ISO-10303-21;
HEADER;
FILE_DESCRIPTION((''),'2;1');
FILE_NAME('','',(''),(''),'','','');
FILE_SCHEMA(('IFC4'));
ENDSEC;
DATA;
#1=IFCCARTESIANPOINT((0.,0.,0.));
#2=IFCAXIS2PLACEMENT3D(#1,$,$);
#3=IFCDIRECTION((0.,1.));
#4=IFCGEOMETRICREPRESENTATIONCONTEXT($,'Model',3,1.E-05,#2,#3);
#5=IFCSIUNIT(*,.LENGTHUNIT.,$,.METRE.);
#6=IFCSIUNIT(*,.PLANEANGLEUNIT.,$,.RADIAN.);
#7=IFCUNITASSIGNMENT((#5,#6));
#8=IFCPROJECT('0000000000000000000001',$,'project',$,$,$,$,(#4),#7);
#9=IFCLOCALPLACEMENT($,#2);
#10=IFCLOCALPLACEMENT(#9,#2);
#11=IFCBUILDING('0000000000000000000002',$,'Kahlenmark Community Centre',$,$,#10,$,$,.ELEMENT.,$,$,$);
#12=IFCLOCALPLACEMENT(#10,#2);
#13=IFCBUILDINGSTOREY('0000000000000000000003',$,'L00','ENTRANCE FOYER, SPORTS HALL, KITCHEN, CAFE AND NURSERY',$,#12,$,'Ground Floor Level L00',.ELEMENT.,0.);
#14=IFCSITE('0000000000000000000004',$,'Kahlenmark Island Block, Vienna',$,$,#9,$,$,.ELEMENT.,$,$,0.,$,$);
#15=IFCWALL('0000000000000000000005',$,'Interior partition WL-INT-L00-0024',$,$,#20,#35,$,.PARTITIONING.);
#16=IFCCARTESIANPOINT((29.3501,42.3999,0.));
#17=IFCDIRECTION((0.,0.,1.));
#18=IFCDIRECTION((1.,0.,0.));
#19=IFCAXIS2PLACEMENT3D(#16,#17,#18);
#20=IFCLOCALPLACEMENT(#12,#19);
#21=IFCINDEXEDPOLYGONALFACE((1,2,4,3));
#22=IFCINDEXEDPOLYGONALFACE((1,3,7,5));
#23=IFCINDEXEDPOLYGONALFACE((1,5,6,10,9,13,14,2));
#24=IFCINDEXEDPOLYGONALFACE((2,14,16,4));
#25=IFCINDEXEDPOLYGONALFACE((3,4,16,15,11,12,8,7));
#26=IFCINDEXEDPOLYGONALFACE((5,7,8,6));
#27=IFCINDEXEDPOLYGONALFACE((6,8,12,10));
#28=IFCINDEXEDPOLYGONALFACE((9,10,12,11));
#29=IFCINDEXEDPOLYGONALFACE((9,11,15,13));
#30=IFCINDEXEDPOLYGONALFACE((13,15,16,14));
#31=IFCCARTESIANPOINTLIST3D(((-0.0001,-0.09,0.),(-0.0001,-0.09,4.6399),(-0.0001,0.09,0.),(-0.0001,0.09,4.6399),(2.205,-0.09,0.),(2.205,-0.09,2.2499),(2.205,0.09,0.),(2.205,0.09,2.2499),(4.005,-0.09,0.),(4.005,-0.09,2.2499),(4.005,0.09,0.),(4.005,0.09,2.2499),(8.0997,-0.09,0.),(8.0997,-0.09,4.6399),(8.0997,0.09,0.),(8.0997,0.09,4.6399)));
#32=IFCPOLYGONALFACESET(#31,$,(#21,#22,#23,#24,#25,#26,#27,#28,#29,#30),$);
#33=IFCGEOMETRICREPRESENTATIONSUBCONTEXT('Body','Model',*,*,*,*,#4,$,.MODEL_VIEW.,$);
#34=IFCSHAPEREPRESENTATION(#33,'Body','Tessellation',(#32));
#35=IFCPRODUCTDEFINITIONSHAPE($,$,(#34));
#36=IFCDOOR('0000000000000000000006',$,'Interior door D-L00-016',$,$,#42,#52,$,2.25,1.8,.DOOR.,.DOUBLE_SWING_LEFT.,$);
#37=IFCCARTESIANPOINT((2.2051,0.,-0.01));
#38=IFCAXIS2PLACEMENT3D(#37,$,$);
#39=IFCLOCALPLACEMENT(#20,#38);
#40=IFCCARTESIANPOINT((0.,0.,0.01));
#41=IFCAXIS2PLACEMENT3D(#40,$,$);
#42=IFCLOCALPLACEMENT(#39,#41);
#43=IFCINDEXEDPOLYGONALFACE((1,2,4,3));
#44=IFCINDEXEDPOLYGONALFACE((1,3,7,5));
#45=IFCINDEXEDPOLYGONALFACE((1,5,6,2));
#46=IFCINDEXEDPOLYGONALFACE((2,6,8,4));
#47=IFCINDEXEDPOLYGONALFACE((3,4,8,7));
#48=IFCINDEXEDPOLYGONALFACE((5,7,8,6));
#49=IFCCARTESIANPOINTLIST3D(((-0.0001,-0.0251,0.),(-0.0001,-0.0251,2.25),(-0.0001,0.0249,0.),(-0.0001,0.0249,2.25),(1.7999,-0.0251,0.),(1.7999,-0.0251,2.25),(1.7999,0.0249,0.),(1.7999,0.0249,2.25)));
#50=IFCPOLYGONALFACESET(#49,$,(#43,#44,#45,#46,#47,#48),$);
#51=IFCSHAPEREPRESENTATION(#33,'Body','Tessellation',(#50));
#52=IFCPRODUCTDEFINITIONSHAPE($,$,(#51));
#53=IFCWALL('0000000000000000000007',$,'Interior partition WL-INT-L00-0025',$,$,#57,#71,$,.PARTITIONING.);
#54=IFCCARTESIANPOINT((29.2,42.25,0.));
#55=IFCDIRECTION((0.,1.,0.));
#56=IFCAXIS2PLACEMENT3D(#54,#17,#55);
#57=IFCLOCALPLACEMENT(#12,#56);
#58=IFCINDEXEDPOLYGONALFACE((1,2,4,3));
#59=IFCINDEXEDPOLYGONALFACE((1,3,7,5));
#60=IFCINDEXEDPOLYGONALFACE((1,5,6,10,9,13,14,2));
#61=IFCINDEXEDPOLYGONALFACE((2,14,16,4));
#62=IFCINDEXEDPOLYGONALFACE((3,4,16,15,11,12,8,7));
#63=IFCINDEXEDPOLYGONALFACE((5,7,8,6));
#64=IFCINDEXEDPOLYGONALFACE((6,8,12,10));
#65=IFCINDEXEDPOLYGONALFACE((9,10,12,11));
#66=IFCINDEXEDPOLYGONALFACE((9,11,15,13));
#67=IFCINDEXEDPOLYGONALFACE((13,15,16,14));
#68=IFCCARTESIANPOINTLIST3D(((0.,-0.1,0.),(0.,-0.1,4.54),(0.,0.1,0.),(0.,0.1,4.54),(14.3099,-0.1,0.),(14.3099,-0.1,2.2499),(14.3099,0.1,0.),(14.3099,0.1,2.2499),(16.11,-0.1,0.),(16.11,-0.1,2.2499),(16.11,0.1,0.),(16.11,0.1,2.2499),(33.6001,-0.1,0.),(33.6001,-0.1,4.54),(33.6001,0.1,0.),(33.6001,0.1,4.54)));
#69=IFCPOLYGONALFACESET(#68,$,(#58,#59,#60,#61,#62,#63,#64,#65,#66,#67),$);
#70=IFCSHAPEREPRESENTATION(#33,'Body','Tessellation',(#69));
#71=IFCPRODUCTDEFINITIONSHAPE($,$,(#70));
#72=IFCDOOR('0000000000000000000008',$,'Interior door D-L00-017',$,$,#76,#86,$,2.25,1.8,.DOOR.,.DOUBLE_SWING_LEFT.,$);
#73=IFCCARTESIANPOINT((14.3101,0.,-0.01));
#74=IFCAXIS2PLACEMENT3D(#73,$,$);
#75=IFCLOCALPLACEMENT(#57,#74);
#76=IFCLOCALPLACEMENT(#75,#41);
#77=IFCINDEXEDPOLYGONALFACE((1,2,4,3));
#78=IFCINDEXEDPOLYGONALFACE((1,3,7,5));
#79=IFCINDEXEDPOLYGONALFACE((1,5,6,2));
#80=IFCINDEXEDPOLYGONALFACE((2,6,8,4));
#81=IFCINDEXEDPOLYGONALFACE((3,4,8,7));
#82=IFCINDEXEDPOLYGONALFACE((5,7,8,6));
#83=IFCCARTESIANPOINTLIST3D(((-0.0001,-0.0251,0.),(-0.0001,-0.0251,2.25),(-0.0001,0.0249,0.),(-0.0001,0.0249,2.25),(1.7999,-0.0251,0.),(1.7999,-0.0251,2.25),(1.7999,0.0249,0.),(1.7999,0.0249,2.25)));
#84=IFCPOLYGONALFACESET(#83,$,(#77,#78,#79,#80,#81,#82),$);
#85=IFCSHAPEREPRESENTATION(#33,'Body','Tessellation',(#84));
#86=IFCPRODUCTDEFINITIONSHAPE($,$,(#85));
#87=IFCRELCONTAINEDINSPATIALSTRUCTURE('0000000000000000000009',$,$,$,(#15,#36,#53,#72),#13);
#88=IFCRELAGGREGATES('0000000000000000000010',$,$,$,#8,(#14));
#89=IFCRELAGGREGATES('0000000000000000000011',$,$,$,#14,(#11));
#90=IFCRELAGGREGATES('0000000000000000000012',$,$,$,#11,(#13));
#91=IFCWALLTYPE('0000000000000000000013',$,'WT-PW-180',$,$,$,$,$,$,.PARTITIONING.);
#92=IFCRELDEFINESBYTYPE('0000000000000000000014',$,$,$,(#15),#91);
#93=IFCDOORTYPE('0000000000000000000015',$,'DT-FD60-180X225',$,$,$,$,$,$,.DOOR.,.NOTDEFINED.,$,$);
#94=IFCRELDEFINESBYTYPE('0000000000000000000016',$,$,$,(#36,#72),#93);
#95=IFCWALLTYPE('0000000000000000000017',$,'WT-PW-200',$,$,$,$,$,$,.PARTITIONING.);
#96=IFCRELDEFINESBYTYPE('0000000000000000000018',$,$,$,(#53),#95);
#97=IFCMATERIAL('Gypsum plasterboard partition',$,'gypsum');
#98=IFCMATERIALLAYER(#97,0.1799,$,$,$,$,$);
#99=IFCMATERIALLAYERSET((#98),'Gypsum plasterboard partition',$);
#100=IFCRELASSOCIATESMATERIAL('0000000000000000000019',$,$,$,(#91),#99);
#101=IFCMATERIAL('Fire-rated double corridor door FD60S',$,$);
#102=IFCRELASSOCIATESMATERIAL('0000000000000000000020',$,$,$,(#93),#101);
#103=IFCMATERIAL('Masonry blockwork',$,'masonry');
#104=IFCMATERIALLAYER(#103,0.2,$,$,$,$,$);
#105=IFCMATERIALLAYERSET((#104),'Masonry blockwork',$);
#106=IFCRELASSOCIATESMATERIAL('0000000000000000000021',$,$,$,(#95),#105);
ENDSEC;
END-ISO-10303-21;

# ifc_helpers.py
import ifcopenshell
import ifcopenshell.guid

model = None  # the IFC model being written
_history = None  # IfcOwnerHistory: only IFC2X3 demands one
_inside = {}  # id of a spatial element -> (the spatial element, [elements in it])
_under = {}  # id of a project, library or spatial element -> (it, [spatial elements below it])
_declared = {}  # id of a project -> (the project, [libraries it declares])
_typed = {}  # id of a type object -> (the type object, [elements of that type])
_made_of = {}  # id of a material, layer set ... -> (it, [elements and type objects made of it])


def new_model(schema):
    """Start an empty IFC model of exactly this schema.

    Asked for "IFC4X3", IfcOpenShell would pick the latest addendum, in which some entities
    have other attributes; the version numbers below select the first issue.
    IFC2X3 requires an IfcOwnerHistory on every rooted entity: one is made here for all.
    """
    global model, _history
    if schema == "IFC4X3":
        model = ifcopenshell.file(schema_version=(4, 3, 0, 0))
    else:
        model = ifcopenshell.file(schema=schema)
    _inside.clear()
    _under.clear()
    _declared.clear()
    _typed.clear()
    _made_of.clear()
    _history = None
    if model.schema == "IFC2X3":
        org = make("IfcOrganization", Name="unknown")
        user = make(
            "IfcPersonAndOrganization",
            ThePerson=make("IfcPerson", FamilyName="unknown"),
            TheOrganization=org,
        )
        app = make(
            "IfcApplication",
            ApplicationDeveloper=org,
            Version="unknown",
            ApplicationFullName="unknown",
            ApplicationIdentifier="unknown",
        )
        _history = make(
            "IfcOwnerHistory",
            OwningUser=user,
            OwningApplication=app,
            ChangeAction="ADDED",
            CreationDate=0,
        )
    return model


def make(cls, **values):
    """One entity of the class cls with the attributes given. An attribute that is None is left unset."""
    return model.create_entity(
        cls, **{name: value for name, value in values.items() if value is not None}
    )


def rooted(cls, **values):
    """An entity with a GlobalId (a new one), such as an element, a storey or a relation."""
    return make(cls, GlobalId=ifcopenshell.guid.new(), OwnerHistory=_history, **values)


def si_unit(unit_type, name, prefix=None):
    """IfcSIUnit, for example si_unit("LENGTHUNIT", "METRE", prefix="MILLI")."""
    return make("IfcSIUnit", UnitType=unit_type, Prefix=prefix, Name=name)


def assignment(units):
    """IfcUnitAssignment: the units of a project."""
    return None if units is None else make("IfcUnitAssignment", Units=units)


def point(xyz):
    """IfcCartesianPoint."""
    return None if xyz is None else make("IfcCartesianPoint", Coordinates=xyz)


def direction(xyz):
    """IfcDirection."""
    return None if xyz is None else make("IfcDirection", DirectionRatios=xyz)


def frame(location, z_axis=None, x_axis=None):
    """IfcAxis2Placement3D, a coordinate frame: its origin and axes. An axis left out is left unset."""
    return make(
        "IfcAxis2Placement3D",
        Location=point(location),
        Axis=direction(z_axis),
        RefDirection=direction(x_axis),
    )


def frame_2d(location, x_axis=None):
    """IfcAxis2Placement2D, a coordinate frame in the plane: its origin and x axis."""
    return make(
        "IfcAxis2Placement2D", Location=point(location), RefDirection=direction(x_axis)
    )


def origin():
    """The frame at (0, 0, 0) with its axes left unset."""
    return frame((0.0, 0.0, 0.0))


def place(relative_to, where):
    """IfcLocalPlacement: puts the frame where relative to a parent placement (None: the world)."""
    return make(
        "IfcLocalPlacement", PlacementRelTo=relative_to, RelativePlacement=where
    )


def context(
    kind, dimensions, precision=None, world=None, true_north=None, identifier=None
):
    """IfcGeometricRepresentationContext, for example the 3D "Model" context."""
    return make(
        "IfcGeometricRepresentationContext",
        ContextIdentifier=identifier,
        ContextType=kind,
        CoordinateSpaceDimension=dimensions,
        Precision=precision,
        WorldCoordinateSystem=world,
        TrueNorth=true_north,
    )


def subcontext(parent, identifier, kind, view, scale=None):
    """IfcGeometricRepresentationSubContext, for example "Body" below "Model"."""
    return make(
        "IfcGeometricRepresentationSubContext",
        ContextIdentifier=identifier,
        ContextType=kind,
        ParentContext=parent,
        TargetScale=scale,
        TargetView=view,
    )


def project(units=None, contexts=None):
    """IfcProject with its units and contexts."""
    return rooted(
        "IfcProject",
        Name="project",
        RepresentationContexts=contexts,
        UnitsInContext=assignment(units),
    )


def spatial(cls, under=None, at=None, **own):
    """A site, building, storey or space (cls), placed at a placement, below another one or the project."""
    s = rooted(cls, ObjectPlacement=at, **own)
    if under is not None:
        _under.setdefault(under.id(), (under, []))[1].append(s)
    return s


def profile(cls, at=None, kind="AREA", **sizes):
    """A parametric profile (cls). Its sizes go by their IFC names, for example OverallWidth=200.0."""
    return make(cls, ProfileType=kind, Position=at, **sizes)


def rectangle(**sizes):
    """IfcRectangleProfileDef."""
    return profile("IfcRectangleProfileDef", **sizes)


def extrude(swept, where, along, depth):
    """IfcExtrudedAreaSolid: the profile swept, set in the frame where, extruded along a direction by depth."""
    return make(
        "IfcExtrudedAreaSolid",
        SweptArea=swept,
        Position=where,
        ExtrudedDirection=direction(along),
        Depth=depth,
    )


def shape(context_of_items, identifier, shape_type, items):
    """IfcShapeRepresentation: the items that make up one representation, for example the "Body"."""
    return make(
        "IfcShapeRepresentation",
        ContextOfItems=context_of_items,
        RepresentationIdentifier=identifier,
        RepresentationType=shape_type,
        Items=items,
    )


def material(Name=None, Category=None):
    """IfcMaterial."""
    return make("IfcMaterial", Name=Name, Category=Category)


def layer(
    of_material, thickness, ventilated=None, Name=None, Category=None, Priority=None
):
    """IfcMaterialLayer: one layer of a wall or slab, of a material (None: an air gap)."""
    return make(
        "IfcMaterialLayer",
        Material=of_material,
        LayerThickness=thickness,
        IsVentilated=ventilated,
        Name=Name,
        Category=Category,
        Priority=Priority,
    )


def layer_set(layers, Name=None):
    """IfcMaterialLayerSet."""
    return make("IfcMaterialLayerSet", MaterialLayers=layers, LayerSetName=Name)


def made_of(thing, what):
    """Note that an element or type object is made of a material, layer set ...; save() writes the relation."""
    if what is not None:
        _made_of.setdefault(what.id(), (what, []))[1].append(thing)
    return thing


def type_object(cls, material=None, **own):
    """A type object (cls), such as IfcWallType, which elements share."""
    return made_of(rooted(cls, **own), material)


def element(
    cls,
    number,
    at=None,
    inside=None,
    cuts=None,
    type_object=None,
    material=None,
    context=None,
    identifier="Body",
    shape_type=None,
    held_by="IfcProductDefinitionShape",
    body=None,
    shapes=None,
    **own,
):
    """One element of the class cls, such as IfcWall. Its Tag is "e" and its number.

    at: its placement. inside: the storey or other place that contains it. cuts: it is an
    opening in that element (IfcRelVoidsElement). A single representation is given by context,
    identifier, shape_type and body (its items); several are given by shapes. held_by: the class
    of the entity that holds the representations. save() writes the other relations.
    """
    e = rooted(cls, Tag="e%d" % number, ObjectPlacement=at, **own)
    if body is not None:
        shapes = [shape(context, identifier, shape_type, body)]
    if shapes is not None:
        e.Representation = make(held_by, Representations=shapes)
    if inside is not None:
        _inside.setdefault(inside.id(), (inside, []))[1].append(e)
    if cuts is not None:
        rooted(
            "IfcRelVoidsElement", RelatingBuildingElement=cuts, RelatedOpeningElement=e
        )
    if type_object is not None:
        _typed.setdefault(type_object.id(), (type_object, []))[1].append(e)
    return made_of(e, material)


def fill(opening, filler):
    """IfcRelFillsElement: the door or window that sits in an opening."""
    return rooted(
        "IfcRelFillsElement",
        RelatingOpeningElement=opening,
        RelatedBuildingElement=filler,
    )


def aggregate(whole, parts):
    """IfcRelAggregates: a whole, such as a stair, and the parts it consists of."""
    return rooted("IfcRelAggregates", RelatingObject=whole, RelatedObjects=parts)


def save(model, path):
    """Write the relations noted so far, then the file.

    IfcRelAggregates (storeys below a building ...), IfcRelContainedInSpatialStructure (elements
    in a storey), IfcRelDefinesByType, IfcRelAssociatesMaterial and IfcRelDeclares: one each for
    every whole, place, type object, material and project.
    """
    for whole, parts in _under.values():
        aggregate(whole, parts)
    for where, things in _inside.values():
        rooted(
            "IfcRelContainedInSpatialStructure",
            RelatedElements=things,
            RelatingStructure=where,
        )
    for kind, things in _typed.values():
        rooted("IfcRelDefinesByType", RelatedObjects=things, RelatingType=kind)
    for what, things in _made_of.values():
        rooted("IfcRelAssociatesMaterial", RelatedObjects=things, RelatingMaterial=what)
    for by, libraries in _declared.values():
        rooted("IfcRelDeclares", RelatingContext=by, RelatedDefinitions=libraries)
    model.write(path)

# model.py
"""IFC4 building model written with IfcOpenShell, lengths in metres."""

from ifc_helpers import new_model, si_unit, direction, frame, frame_2d, origin, place, context, subcontext, project, spatial, rectangle, extrude, material, layer, layer_set, type_object, element, fill, save


model = new_model("IFC4")

# Units and contexts
model_context = context("Model", 3, precision=1e-05, world=origin(), true_north=direction((0.0, 1.0)))
body_context = subcontext(model_context, "Body", "Model", "MODEL_VIEW")
ifc_project = project(units=[si_unit("LENGTHUNIT", "METRE"), si_unit("PLANEANGLEUNIT", "RADIAN")], contexts=[model_context])

# Site, building, storey
site_placement = place(None, origin())
site = spatial("IfcSite", under=ifc_project, at=site_placement, Name="Kahlenmark Island Block, Vienna", CompositionType="ELEMENT", RefElevation=0.0)
building_placement = place(site_placement, origin())
building = spatial("IfcBuilding", under=site, at=building_placement, Name="Kahlenmark Community Centre", CompositionType="ELEMENT")
storey_placement = place(building_placement, origin())
storey = spatial("IfcBuildingStorey", under=building, at=storey_placement, Name="L00", Description="ENTRANCE FOYER, SPORTS HALL, KITCHEN, CAFE AND NURSERY", LongName="Ground Floor Level L00", CompositionType="ELEMENT", Elevation=0.0)

# Walls, openings, doors
ifc_material_1 = material(Name="Gypsum plasterboard partition", Category="gypsum")
ifc_layer_1 = layer(ifc_material_1, 0.1799)
ifc_layer_set_1 = layer_set([ifc_layer_1], Name="Gypsum plasterboard partition")
wall_type_1 = type_object("IfcWallType", Name="WT-PW-180", PredefinedType="PARTITIONING", material=ifc_layer_set_1)
wall_1_placement = place(storey_placement, frame((29.3501, 42.3999, 0.0), z_axis=(0.0, 0.0, 1.0), x_axis=(1.0, 0.0, 0.0)))
wall_1 = element("IfcWall", 1, at=wall_1_placement, inside=storey, type_object=wall_type_1, Name="Interior partition WL-INT-L00-0024", PredefinedType="PARTITIONING", context=body_context, shape_type="SweptSolid", body=[
    extrude(rectangle(XDim=8.0999, YDim=0.1799, at=frame_2d((4.0498, 0.0))), origin(), (0.0, 0.0, 1.0), 4.6399),
])
opening_1_placement = place(wall_1_placement, frame((2.2051, 0.0, -0.01)))
opening_1 = element("IfcOpeningElement", 2, at=opening_1_placement, cuts=wall_1, PredefinedType="OPENING", context=body_context, shape_type="SweptSolid", body=[
    extrude(rectangle(XDim=1.8, YDim=2.26, at=frame_2d((0.8999, 1.1299))), frame((0.0, 0.0999, 0.0), z_axis=(0.0, -1.0, 0.0), x_axis=(1.0, 0.0, 0.0)), (0.0, 0.0, 1.0), 0.2),
])
ifc_material_2 = material(Name="Fire-rated double corridor door FD60S")
door_type_1 = type_object("IfcDoorType", Name="DT-FD60-180X225", OperationType="NOTDEFINED", PredefinedType="DOOR", material=ifc_material_2)
door_1_placement = place(opening_1_placement, frame((0.0, 0.0, 0.01)))
door_1 = element("IfcDoor", 3, at=door_1_placement, inside=storey, type_object=door_type_1, Name="Interior door D-L00-016", OperationType="DOUBLE_SWING_LEFT", OverallHeight=2.25, OverallWidth=1.8, PredefinedType="DOOR", context=body_context, shape_type="SweptSolid", body=[
    extrude(rectangle(XDim=1.8, YDim=2.25, at=frame_2d((0.8999, 1.125))), frame((0.0, 0.0249, 0.0), z_axis=(0.0, -1.0, 0.0), x_axis=(1.0, 0.0, 0.0)), (0.0, 0.0, 1.0), 0.05),
])
fill(opening_1, door_1)
ifc_material_3 = material(Name="Masonry blockwork", Category="masonry")
ifc_layer_2 = layer(ifc_material_3, 0.2)
ifc_layer_set_2 = layer_set([ifc_layer_2], Name="Masonry blockwork")
wall_type_2 = type_object("IfcWallType", Name="WT-PW-200", PredefinedType="PARTITIONING", material=ifc_layer_set_2)
wall_2_placement = place(storey_placement, frame((29.2, 42.25, 0.0), z_axis=(0.0, 0.0, 1.0), x_axis=(0.0, 1.0, 0.0)))
wall_2 = element("IfcWall", 4, at=wall_2_placement, inside=storey, type_object=wall_type_2, Name="Interior partition WL-INT-L00-0025", PredefinedType="PARTITIONING", context=body_context, shape_type="SweptSolid", body=[
    extrude(rectangle(XDim=33.6001, YDim=0.2, at=frame_2d((16.8, 0.0))), origin(), (0.0, 0.0, 1.0), 4.54),
])
opening_2_placement = place(wall_2_placement, frame((14.3101, 0.0, -0.01)))
opening_2 = element("IfcOpeningElement", 5, at=opening_2_placement, cuts=wall_2, PredefinedType="OPENING", context=body_context, shape_type="SweptSolid", body=[
    extrude(rectangle(XDim=1.8, YDim=2.26, at=frame_2d((0.8999, 1.1299))), frame((0.0, 0.1099, 0.0), z_axis=(0.0, -1.0, 0.0), x_axis=(1.0, 0.0, 0.0)), (0.0, 0.0, 1.0), 0.22),
])
door_2_placement = place(opening_2_placement, frame((0.0, 0.0, 0.01)))
door_2 = element("IfcDoor", 6, at=door_2_placement, inside=storey, type_object=door_type_1, Name="Interior door D-L00-017", OperationType="DOUBLE_SWING_LEFT", OverallHeight=2.25, OverallWidth=1.8, PredefinedType="DOOR", context=body_context, shape_type="SweptSolid", body=[
    extrude(rectangle(XDim=1.8, YDim=2.25, at=frame_2d((0.8999, 1.125))), frame((0.0, 0.0249, 0.0), z_axis=(0.0, -1.0, 0.0), x_axis=(1.0, 0.0, 0.0)), (0.0, 0.0, 1.0), 0.05),
])
fill(opening_2, door_2)

save(model, "model.ifc")
